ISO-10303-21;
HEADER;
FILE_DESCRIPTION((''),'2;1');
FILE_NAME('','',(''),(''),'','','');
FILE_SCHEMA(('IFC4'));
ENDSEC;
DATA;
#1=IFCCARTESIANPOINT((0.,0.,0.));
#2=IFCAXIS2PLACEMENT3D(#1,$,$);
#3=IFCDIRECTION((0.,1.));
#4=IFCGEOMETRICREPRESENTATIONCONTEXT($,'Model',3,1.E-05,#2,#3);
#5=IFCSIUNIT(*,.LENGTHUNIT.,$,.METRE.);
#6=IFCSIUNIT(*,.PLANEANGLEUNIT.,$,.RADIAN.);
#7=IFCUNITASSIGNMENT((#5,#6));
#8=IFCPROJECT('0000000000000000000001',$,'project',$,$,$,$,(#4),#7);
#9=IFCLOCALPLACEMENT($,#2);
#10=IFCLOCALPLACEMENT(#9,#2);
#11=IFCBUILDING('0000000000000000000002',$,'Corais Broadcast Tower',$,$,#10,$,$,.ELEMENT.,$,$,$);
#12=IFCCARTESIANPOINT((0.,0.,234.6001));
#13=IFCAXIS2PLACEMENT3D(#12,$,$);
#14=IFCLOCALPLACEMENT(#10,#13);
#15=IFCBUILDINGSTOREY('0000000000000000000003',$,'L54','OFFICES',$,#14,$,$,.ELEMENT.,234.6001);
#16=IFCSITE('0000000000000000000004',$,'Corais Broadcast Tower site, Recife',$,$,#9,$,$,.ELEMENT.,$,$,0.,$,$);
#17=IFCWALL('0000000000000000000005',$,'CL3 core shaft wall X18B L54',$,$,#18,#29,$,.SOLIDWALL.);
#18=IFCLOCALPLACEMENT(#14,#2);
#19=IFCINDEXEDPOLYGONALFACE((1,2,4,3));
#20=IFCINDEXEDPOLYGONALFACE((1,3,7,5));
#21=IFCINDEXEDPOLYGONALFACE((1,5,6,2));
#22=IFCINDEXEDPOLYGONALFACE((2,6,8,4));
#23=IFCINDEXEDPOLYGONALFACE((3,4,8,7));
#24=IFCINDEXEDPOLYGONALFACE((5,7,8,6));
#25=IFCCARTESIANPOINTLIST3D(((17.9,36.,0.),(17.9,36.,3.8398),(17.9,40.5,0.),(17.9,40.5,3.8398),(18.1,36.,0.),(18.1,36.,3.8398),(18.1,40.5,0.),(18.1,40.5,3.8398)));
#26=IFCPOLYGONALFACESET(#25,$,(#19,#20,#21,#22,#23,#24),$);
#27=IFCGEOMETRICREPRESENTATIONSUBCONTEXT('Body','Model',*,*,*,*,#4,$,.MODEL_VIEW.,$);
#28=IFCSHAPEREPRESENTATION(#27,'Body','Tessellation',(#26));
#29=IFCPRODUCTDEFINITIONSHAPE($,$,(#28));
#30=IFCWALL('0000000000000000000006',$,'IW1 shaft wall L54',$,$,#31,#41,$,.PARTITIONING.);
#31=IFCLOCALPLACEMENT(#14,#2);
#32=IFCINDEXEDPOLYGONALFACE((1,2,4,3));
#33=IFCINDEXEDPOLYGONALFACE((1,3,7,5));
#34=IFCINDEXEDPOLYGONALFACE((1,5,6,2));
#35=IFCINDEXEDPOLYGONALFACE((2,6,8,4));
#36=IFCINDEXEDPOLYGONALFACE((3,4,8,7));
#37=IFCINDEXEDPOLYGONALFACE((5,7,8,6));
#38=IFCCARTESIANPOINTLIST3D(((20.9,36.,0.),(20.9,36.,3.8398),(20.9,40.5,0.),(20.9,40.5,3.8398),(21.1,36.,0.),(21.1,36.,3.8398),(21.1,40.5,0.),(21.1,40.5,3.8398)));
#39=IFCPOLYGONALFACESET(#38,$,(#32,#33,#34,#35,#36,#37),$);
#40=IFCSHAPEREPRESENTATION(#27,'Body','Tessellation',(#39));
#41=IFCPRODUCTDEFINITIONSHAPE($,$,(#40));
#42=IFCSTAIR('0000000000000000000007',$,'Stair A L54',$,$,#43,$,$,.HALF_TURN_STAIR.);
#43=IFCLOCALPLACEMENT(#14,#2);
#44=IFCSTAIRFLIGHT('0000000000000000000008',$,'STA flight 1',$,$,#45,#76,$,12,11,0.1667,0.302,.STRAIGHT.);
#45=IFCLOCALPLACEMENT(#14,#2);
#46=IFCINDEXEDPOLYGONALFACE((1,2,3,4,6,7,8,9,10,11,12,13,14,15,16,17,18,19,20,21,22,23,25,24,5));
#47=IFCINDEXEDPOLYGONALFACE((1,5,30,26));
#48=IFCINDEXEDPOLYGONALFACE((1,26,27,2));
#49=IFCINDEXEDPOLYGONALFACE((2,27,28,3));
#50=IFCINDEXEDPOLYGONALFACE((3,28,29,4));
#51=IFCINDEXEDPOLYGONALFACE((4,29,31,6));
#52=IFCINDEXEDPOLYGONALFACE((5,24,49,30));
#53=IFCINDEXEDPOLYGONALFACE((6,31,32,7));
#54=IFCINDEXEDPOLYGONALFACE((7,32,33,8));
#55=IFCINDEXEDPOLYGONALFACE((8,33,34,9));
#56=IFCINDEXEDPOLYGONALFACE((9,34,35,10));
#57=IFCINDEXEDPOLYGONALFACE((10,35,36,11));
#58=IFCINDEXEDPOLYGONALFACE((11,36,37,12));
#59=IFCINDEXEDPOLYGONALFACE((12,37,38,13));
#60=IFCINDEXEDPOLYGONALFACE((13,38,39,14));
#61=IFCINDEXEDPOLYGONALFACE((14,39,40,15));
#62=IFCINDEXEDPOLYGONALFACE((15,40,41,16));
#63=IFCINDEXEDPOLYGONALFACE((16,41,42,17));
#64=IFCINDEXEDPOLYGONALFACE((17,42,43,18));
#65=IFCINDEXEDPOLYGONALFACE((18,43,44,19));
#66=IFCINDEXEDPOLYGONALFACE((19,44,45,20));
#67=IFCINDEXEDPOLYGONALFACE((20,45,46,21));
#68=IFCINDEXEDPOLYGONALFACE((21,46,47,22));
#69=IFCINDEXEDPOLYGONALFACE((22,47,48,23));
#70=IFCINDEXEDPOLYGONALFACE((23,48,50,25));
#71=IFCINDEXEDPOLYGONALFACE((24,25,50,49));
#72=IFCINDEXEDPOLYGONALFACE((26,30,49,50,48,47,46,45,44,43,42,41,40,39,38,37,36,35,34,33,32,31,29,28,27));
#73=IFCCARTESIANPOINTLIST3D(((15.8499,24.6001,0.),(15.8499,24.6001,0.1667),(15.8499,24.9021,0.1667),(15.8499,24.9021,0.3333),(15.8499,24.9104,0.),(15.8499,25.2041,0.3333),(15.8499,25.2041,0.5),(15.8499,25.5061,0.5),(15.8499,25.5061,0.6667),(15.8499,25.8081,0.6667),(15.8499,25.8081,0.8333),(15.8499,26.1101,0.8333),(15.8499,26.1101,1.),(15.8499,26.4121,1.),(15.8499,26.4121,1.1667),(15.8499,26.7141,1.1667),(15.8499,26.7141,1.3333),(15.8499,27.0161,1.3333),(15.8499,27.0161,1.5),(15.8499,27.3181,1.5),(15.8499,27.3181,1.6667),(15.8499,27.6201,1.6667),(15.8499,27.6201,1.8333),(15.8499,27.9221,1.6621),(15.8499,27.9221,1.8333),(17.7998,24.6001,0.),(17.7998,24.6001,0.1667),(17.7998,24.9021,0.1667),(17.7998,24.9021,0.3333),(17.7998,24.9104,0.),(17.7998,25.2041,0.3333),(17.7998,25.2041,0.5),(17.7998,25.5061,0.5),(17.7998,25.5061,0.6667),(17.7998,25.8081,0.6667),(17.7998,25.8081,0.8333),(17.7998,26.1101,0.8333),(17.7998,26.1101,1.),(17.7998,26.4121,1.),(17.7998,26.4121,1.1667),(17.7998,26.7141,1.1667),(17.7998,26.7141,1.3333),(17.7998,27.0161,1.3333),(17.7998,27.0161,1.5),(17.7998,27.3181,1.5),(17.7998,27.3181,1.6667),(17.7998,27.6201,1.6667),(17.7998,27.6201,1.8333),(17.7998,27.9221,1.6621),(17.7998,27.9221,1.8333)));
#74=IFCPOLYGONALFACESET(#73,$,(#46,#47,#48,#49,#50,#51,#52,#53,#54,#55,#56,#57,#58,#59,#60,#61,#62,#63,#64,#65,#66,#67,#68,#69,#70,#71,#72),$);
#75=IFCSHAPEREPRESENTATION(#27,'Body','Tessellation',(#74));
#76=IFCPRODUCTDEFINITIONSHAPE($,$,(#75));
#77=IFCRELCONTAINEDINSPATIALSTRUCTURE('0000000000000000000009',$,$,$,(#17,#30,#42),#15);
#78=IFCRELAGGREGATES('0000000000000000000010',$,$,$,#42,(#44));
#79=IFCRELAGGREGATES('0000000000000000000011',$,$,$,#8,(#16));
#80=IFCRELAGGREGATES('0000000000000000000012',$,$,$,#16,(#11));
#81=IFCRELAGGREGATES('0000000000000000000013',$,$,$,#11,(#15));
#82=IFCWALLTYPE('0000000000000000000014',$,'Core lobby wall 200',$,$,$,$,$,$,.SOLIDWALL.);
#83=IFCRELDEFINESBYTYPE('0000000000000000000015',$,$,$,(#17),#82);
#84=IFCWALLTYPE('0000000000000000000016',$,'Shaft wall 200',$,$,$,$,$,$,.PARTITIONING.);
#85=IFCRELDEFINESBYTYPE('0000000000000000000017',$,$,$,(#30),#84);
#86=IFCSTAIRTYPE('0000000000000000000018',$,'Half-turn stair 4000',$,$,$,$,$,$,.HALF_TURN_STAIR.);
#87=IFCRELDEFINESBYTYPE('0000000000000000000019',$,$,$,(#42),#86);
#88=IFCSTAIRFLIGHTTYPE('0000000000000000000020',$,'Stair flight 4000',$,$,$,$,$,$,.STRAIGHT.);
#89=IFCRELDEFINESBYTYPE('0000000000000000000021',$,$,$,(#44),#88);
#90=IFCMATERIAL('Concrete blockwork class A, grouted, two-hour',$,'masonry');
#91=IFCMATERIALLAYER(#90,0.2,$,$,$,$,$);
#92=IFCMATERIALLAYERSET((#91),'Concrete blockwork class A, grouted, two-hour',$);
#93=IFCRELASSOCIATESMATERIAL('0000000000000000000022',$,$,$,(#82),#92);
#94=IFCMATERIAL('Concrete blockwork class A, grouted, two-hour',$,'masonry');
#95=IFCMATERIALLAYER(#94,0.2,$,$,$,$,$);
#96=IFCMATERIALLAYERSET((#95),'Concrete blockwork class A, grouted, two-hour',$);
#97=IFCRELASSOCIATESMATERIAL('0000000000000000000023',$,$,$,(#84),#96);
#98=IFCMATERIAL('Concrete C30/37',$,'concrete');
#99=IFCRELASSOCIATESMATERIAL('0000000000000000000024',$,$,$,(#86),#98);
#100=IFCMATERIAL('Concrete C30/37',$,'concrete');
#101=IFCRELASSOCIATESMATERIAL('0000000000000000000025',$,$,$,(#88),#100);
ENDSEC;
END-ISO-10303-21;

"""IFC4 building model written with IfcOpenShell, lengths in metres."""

from ifc_helpers import new_model, si_unit, direction, frame, frame_2d, origin, place, context, subcontext, project, spatial, polyline, rectangle, outline, extrude, material, layer, layer_set, type_object, element, aggregate, save


model = new_model("IFC4")

# Units and contexts
model_context = context("Model", 3, precision=1e-05, world=origin(), true_north=direction((0.0, 1.0)))
body_context = subcontext(model_context, "Body", "Model", "MODEL_VIEW")
ifc_project = project(units=[si_unit("LENGTHUNIT", "METRE"), si_unit("PLANEANGLEUNIT", "RADIAN")], contexts=[model_context])

# Site, building, storey
site_placement = place(None, origin())
site = spatial("IfcSite", under=ifc_project, at=site_placement, Name="Corais Broadcast Tower site, Recife", CompositionType="ELEMENT", RefElevation=0.0)
building_placement = place(site_placement, origin())
building = spatial("IfcBuilding", under=site, at=building_placement, Name="Corais Broadcast Tower", CompositionType="ELEMENT")
storey_placement = place(building_placement, frame((0.0, 0.0, 234.6001)))
storey = spatial("IfcBuildingStorey", under=building, at=storey_placement, Name="L54", Description="OFFICES", CompositionType="ELEMENT", Elevation=234.6001)

# Walls
ifc_material_1 = material(Name="Concrete blockwork class A, grouted, two-hour", Category="masonry")
ifc_layer_1 = layer(ifc_material_1, 0.2)
ifc_layer_set_1 = layer_set([ifc_layer_1], Name="Concrete blockwork class A, grouted, two-hour")
wall_type_1 = type_object("IfcWallType", Name="Core lobby wall 200", PredefinedType="SOLIDWALL", material=ifc_layer_set_1)
wall_1_placement = place(storey_placement, frame((18.0, 36.0, 0.0), z_axis=(0.0, 0.0, 1.0), x_axis=(0.0, 1.0, 0.0)))
element("IfcWall", 1, at=wall_1_placement, inside=storey, type_object=wall_type_1, Name="CL3 core shaft wall X18B L54", PredefinedType="SOLIDWALL", context=body_context, shape_type="SweptSolid", body=[
    extrude(rectangle(XDim=4.5, YDim=0.2, at=frame_2d((2.25, 0.0))), origin(), (0.0, 0.0, 1.0), 3.8398),
])
ifc_material_2 = material(Name="Concrete blockwork class A, grouted, two-hour", Category="masonry")
ifc_layer_2 = layer(ifc_material_2, 0.2)
ifc_layer_set_2 = layer_set([ifc_layer_2], Name="Concrete blockwork class A, grouted, two-hour")
wall_type_2 = type_object("IfcWallType", Name="Shaft wall 200", PredefinedType="PARTITIONING", material=ifc_layer_set_2)
wall_2_placement = place(storey_placement, frame((21.0, 36.0, 0.0), z_axis=(0.0, 0.0, 1.0), x_axis=(0.0, 1.0, 0.0)))
element("IfcWall", 2, at=wall_2_placement, inside=storey, type_object=wall_type_2, Name="IW1 shaft wall L54", PredefinedType="PARTITIONING", context=body_context, shape_type="SweptSolid", body=[
    extrude(rectangle(XDim=4.5, YDim=0.2, at=frame_2d((2.25, 0.0))), origin(), (0.0, 0.0, 1.0), 3.8398),
])

# Stair, stair flight
ifc_material_3 = material(Name="Concrete C30/37", Category="concrete")
stair_type = type_object("IfcStairType", Name="Half-turn stair 4000", PredefinedType="HALF_TURN_STAIR", material=ifc_material_3)
stair_placement = place(storey_placement, origin())
stair = element("IfcStair", 3, at=stair_placement, inside=storey, type_object=stair_type, Name="Stair A L54", PredefinedType="HALF_TURN_STAIR")
ifc_material_4 = material(Name="Concrete C30/37", Category="concrete")
stair_flight_type = type_object("IfcStairFlightType", Name="Stair flight 4000", PredefinedType="STRAIGHT", material=ifc_material_4)
stair_flight_placement = place(storey_placement, frame((16.825, 24.6001, 0.0), z_axis=(0.0, 0.0, 1.0), x_axis=(0.0, 1.0, 0.0)))
stair_flight = element("IfcStairFlight", 4, at=stair_flight_placement, type_object=stair_flight_type, Name="STA flight 1", NumberOfRisers=12, NumberOfTreads=11, PredefinedType="STRAIGHT", RiserHeight=0.1667, TreadLength=0.302, context=body_context, shape_type="SweptSolid", body=[
    extrude(outline(polyline([(0.0, 0.0), (0.0, 0.1667), (0.302, 0.1667), (0.302, 0.3333), (0.604, 0.3333), (0.604, 0.5), (0.906, 0.5), (0.906, 0.6667), (1.208, 0.6667), (1.208, 0.8333), (1.51, 0.8333), (1.51, 1.0), (1.812, 1.0), (1.812, 1.1667), (2.114, 1.1667), (2.114, 1.3333), (2.416, 1.3333), (2.416, 1.5), (2.718, 1.5), (2.718, 1.6667), (3.02, 1.6667), (3.02, 1.8333), (3.322, 1.8333), (3.322, 2.0), (3.322, 1.6621), (0.3103, 0.0), (0.0, 0.0)])), frame((0.0, 0.9751, 0.0), z_axis=(0.0, -1.0, 0.0), x_axis=(1.0, 0.0, 0.0)), (0.0, 0.0, 1.0), 1.95),
])
aggregate(stair, [stair_flight])

save(model, "model.ifc")
